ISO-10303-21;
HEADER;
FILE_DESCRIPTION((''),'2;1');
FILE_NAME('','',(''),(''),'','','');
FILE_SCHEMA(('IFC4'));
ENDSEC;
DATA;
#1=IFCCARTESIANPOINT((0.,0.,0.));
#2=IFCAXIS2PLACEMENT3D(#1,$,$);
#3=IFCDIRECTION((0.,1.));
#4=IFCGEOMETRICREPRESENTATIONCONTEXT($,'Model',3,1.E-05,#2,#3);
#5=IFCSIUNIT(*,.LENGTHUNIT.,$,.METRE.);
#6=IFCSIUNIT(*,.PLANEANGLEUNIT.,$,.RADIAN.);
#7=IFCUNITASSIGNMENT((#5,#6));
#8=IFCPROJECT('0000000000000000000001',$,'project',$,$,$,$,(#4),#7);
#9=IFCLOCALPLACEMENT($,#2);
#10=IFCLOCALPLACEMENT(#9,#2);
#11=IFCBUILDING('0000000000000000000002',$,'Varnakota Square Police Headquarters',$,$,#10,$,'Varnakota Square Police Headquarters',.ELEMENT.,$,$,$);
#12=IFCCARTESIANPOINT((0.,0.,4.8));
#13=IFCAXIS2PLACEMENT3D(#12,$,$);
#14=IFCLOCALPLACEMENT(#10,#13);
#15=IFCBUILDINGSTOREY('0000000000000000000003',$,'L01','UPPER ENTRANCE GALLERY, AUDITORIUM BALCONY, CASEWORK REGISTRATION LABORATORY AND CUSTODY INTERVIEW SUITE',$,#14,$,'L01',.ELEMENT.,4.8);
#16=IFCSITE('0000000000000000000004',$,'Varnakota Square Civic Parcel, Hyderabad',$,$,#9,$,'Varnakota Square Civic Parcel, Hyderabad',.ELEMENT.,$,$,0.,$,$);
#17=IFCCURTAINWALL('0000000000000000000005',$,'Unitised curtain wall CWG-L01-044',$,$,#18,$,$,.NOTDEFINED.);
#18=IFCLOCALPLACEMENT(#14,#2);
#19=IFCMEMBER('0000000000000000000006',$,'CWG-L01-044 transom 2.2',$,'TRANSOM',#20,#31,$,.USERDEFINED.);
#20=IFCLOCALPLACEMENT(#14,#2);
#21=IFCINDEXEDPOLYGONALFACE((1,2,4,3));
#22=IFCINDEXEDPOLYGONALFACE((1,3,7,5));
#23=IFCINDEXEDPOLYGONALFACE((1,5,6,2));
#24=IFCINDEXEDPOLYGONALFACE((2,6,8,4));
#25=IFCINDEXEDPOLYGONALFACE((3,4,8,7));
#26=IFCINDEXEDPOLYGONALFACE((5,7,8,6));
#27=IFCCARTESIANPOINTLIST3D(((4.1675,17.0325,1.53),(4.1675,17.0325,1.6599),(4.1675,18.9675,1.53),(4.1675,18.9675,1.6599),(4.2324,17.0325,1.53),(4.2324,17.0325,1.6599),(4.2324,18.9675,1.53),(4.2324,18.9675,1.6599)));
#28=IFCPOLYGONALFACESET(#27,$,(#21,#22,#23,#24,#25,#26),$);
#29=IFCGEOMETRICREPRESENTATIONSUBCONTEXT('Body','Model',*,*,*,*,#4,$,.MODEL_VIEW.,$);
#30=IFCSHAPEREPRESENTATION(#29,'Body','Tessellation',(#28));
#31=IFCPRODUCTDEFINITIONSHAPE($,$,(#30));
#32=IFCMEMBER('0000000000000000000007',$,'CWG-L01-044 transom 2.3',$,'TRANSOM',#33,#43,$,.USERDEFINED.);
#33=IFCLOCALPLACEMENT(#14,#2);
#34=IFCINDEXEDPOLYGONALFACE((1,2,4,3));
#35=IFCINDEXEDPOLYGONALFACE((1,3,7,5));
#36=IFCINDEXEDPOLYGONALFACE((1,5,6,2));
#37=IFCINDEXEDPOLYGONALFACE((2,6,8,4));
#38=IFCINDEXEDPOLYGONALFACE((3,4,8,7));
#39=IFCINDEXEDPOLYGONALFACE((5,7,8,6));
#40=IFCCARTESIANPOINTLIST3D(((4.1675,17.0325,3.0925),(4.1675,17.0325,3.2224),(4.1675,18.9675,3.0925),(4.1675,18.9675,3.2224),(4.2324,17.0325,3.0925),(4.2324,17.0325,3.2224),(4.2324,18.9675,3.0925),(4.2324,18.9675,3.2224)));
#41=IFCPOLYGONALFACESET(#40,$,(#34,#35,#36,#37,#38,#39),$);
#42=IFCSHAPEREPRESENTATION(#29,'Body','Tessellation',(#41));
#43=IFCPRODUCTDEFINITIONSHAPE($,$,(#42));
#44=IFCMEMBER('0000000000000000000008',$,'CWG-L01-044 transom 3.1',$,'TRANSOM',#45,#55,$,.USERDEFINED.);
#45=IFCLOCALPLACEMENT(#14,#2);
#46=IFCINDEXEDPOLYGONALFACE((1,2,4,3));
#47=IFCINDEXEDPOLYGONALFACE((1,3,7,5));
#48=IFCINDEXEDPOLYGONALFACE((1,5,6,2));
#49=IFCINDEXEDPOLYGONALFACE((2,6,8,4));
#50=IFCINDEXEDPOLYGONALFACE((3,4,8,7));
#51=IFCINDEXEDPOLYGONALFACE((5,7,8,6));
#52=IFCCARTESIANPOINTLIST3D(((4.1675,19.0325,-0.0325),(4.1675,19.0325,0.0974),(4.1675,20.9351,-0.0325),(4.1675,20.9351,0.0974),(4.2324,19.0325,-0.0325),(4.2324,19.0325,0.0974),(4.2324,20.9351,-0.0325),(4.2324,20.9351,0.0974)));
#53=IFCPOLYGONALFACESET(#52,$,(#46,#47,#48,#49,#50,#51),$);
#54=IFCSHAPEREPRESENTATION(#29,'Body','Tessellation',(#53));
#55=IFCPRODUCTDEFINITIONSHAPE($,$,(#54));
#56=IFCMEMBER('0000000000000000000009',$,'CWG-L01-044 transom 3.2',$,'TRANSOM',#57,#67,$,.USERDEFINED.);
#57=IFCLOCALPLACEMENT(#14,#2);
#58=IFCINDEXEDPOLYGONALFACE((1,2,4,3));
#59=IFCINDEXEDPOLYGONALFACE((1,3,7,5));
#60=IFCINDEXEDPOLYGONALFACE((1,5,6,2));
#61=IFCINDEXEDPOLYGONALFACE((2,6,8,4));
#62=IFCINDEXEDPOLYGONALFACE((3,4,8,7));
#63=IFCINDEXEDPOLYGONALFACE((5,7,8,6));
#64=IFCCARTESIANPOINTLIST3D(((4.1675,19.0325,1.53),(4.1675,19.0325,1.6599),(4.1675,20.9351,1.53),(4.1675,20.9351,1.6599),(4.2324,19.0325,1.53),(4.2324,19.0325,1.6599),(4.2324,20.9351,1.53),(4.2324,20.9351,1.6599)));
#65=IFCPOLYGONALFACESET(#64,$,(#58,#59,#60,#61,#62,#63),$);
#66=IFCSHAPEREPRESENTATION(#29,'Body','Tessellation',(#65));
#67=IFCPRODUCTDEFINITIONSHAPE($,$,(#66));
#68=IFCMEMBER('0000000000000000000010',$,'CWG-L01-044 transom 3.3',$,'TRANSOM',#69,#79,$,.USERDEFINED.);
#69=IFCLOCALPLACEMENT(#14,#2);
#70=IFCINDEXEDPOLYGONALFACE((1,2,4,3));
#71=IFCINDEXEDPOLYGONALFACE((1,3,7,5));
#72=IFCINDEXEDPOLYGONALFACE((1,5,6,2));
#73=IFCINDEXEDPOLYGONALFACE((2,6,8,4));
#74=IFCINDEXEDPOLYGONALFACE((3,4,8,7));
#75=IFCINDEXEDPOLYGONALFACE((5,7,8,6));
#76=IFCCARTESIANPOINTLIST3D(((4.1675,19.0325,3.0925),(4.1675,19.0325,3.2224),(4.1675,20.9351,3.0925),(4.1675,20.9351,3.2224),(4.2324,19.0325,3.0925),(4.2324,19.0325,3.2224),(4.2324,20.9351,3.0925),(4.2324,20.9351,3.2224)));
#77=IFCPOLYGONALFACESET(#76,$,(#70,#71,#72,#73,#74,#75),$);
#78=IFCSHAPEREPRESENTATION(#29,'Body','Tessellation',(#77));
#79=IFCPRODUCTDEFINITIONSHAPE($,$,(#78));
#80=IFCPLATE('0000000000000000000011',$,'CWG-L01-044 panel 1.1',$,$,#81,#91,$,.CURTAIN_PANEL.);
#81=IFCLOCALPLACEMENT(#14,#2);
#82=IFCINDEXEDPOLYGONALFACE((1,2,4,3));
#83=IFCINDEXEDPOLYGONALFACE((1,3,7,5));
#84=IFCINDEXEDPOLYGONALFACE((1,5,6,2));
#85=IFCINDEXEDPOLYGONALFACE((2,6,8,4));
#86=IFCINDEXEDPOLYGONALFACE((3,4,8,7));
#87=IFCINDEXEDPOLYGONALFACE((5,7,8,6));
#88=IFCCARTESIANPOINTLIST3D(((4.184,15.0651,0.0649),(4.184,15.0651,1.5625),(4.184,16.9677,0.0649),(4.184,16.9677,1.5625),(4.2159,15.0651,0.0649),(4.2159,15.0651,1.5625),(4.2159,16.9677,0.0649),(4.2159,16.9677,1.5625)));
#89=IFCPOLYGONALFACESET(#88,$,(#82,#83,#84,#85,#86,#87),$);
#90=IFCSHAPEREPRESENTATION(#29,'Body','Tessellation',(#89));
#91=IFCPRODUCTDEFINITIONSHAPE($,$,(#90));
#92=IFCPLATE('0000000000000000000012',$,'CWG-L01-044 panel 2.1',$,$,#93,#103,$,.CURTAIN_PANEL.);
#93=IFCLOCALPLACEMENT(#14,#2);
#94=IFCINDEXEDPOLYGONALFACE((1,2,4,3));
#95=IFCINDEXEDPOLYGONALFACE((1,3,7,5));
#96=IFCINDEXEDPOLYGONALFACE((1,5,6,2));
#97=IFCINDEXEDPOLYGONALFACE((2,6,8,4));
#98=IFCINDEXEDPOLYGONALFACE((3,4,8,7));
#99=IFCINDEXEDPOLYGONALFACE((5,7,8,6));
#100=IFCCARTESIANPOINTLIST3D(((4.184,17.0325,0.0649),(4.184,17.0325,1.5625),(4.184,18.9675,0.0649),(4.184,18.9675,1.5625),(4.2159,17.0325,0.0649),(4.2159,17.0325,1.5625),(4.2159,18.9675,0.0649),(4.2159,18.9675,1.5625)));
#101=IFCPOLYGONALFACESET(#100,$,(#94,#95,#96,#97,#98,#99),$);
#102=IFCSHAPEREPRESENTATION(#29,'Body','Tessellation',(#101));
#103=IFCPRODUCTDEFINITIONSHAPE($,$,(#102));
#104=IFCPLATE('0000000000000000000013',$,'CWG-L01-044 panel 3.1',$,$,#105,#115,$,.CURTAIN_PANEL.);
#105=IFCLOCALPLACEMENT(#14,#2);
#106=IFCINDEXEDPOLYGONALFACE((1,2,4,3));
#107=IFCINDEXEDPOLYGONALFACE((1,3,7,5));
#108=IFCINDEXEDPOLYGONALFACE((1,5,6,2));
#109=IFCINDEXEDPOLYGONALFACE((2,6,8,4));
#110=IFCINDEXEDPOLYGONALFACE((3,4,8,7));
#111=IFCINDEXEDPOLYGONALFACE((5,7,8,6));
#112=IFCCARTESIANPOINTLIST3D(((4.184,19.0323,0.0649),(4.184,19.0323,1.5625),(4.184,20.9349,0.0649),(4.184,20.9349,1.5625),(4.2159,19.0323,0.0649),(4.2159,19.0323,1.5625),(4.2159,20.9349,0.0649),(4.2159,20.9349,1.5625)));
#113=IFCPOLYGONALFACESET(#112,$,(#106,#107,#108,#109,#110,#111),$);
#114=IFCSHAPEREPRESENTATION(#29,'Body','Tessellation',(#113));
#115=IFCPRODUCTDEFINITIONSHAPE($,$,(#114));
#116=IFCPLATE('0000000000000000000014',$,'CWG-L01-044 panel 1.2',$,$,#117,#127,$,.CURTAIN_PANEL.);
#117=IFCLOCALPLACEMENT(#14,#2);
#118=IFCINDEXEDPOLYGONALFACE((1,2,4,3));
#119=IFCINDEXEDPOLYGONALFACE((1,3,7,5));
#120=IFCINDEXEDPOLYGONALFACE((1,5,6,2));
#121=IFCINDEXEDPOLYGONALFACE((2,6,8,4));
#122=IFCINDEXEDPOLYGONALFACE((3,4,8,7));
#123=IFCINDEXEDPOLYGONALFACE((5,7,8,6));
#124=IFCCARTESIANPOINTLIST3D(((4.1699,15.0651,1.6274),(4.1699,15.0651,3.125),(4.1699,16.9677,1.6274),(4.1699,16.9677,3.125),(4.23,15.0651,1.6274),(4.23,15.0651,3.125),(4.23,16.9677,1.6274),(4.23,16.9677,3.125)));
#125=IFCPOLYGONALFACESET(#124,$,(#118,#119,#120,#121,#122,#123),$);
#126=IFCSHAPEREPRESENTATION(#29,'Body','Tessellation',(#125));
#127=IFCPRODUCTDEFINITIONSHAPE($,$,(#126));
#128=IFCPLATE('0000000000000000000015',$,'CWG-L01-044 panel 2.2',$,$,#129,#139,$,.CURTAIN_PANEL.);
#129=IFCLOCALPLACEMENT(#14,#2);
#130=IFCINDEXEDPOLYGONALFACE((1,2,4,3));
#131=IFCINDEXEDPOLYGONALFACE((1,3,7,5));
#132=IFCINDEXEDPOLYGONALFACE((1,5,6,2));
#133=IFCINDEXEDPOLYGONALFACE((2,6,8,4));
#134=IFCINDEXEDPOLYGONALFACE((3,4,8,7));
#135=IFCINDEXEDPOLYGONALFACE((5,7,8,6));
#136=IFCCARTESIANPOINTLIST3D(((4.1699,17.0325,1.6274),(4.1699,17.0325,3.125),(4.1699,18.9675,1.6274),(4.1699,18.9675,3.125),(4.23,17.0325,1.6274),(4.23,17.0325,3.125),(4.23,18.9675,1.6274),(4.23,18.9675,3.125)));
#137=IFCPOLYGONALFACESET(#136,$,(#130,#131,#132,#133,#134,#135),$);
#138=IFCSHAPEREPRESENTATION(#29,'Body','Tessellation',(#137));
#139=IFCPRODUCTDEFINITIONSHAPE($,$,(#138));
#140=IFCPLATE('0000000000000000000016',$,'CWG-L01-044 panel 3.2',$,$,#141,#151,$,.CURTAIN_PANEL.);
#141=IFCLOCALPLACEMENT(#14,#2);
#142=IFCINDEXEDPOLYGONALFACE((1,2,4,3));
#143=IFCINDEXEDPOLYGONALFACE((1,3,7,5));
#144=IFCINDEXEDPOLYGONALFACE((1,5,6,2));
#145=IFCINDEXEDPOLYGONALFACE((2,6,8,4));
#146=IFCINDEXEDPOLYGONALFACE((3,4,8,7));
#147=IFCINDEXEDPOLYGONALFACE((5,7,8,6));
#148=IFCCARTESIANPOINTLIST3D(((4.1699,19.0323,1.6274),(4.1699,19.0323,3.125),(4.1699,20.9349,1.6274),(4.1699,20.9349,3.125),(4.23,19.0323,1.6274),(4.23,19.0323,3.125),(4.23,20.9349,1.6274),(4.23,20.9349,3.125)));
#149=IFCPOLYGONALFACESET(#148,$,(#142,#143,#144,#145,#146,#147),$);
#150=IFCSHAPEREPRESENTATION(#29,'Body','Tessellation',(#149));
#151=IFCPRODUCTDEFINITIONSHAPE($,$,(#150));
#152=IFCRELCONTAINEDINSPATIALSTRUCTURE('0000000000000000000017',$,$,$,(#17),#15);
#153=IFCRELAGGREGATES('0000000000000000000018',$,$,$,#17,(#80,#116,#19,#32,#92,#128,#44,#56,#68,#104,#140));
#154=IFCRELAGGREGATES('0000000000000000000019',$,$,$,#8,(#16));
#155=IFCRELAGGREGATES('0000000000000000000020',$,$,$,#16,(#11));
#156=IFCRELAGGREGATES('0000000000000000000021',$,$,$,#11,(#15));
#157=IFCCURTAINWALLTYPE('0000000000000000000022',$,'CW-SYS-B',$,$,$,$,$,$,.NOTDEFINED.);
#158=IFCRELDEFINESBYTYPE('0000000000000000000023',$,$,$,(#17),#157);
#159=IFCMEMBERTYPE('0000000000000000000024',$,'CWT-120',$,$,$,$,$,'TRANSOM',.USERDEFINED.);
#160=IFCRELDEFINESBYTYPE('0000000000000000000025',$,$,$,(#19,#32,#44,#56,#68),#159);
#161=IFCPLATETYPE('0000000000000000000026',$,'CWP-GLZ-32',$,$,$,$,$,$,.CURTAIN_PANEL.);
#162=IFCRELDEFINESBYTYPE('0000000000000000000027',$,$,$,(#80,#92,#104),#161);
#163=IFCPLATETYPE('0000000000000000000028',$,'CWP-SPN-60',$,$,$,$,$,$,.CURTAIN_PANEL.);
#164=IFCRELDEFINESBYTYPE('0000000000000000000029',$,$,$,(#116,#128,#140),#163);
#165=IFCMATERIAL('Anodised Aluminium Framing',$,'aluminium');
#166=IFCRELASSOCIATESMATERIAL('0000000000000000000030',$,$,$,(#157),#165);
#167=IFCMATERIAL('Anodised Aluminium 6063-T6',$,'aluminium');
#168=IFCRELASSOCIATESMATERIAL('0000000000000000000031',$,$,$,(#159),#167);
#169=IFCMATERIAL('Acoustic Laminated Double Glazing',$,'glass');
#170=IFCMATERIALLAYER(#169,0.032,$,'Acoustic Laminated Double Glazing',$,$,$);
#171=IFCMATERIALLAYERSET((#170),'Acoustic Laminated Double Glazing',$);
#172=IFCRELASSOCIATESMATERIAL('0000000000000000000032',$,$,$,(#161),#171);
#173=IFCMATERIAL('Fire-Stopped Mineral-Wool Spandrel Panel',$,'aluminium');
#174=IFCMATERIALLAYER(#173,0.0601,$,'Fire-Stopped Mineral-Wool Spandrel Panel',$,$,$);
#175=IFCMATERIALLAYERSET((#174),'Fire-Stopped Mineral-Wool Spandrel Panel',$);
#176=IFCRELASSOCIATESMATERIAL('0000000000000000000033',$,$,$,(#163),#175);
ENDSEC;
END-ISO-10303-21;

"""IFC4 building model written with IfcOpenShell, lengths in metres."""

from ifc_helpers import new_model, si_unit, direction, frame, origin, origin_2d, place, context, subcontext, project, spatial, rectangle, extrude, material, layer, layer_set, material_profile, profile_set, type_object, element, aggregate, save


model = new_model("IFC4")

# Units and contexts
model_context = context("Model", 3, precision=1e-05, world=origin(), true_north=direction((0.0, 1.0)))
body_context = subcontext(model_context, "Body", "Model", "MODEL_VIEW")
ifc_project = project(units=[si_unit("LENGTHUNIT", "METRE"), si_unit("PLANEANGLEUNIT", "RADIAN")], contexts=[model_context])

# Site, building, storey
site_placement = place(None, origin())
site = spatial("IfcSite", under=ifc_project, at=site_placement, Name="Varnakota Square Civic Parcel, Hyderabad", LongName="Varnakota Square Civic Parcel, Hyderabad", CompositionType="ELEMENT", RefElevation=0.0)
building_placement = place(site_placement, origin())
building = spatial("IfcBuilding", under=site, at=building_placement, Name="Varnakota Square Police Headquarters", LongName="Varnakota Square Police Headquarters", CompositionType="ELEMENT")
storey_placement = place(building_placement, frame((0.0, 0.0, 4.8)))
storey = spatial("IfcBuildingStorey", under=building, at=storey_placement, Name="L01", Description="UPPER ENTRANCE GALLERY, AUDITORIUM BALCONY, CASEWORK REGISTRATION LABORATORY AND CUSTODY INTERVIEW SUITE", LongName="L01", CompositionType="ELEMENT", Elevation=4.8)

# Shared definitions
ifc_material_1 = material(Name="Anodised Aluminium Framing", Category="aluminium")
curtain_wall_type = type_object("IfcCurtainWallType", Name="CW-SYS-B", PredefinedType="NOTDEFINED", material=ifc_material_1)
ifc_material_2 = material(Name="Anodised Aluminium 6063-T6", Category="aluminium")

# Curtain wall, members, plates
curtain_wall_1_placement = place(storey_placement, origin())
curtain_wall_1 = element("IfcCurtainWall", 1, at=curtain_wall_1_placement, inside=storey, type_object=curtain_wall_type, Name="Unitised curtain wall CWG-L01-044", PredefinedType="NOTDEFINED")
ifc_material_profile_1 = material_profile(ifc_material_2, rectangle(XDim=0.0649, YDim=0.1299, at=origin_2d()), Name="ALU TRANSOM 65x130")
ifc_profile_set_1 = profile_set([ifc_material_profile_1], Name="Anodised Aluminium 6063-T6")
member_type_1 = type_object("IfcMemberType", Name="CWT-120", ElementType="TRANSOM", PredefinedType="USERDEFINED", material=ifc_profile_set_1)
member_1_placement = place(storey_placement, frame((4.2, 17.0325, 1.595), z_axis=(0.0, 1.0, 0.0), x_axis=(-1.0, 0.0, 0.0)))
member_1 = element("IfcMember", 2, at=member_1_placement, type_object=member_type_1, Name="CWG-L01-044 transom 2.2", ObjectType="TRANSOM", PredefinedType="USERDEFINED", context=body_context, shape_type="SweptSolid", body=[
    extrude(rectangle(XDim=0.0649, YDim=0.1299, at=origin_2d()), origin(), (0.0, 0.0, 1.0), 1.9351),
])
member_2_placement = place(storey_placement, frame((4.2, 17.0325, 3.1575), z_axis=(0.0, 1.0, 0.0), x_axis=(-1.0, 0.0, 0.0)))
member_2 = element("IfcMember", 3, at=member_2_placement, type_object=member_type_1, Name="CWG-L01-044 transom 2.3", ObjectType="TRANSOM", PredefinedType="USERDEFINED", context=body_context, shape_type="SweptSolid", body=[
    extrude(rectangle(XDim=0.0649, YDim=0.1299, at=origin_2d()), origin(), (0.0, 0.0, 1.0), 1.9351),
])
member_3_placement = place(storey_placement, frame((4.2, 19.0325, 0.0325), z_axis=(0.0, 1.0, 0.0), x_axis=(-1.0, 0.0, 0.0)))
member_3 = element("IfcMember", 4, at=member_3_placement, type_object=member_type_1, Name="CWG-L01-044 transom 3.1", ObjectType="TRANSOM", PredefinedType="USERDEFINED", context=body_context, shape_type="SweptSolid", body=[
    extrude(rectangle(XDim=0.0649, YDim=0.1299, at=origin_2d()), origin(), (0.0, 0.0, 1.0), 1.9026),
])
member_4_placement = place(storey_placement, frame((4.2, 19.0325, 1.595), z_axis=(0.0, 1.0, 0.0), x_axis=(-1.0, 0.0, 0.0)))
member_4 = element("IfcMember", 5, at=member_4_placement, type_object=member_type_1, Name="CWG-L01-044 transom 3.2", ObjectType="TRANSOM", PredefinedType="USERDEFINED", context=body_context, shape_type="SweptSolid", body=[
    extrude(rectangle(XDim=0.0649, YDim=0.1299, at=origin_2d()), origin(), (0.0, 0.0, 1.0), 1.9026),
])
member_5_placement = place(storey_placement, frame((4.2, 19.0325, 3.1575), z_axis=(0.0, 1.0, 0.0), x_axis=(-1.0, 0.0, 0.0)))
member_5 = element("IfcMember", 6, at=member_5_placement, type_object=member_type_1, Name="CWG-L01-044 transom 3.3", ObjectType="TRANSOM", PredefinedType="USERDEFINED", context=body_context, shape_type="SweptSolid", body=[
    extrude(rectangle(XDim=0.0649, YDim=0.1299, at=origin_2d()), origin(), (0.0, 0.0, 1.0), 1.9026),
])
ifc_material_3 = material(Name="Acoustic Laminated Double Glazing", Category="glass")
ifc_layer_1 = layer(ifc_material_3, 0.032, Name="Acoustic Laminated Double Glazing")
ifc_layer_set_1 = layer_set([ifc_layer_1], Name="Acoustic Laminated Double Glazing")
plate_type_1 = type_object("IfcPlateType", Name="CWP-GLZ-32", PredefinedType="CURTAIN_PANEL", material=ifc_layer_set_1)
plate_1_placement = place(storey_placement, frame((4.2, 16.0164, 0.0649), z_axis=(0.0, 0.0, 1.0), x_axis=(0.0, 1.0, 0.0)))
plate_1 = element("IfcPlate", 7, at=plate_1_placement, type_object=plate_type_1, Name="CWG-L01-044 panel 1.1", PredefinedType="CURTAIN_PANEL", context=body_context, shape_type="SweptSolid", body=[
    extrude(rectangle(XDim=1.9026, YDim=0.032, at=origin_2d()), origin(), (0.0, 0.0, 1.0), 1.4976),
])
plate_2_placement = place(storey_placement, frame((4.2, 18.0, 0.0649), z_axis=(0.0, 0.0, 1.0), x_axis=(0.0, 1.0, 0.0)))
plate_2 = element("IfcPlate", 8, at=plate_2_placement, type_object=plate_type_1, Name="CWG-L01-044 panel 2.1", PredefinedType="CURTAIN_PANEL", context=body_context, shape_type="SweptSolid", body=[
    extrude(rectangle(XDim=1.9351, YDim=0.032, at=origin_2d()), origin(), (0.0, 0.0, 1.0), 1.4976),
])
plate_3_placement = place(storey_placement, frame((4.2, 19.9836, 0.0649), z_axis=(0.0, 0.0, 1.0), x_axis=(0.0, 1.0, 0.0)))
plate_3 = element("IfcPlate", 9, at=plate_3_placement, type_object=plate_type_1, Name="CWG-L01-044 panel 3.1", PredefinedType="CURTAIN_PANEL", context=body_context, shape_type="SweptSolid", body=[
    extrude(rectangle(XDim=1.9026, YDim=0.032, at=origin_2d()), origin(), (0.0, 0.0, 1.0), 1.4976),
])
ifc_material_4 = material(Name="Fire-Stopped Mineral-Wool Spandrel Panel", Category="aluminium")
ifc_layer_2 = layer(ifc_material_4, 0.0601, Name="Fire-Stopped Mineral-Wool Spandrel Panel")
ifc_layer_set_2 = layer_set([ifc_layer_2], Name="Fire-Stopped Mineral-Wool Spandrel Panel")
plate_type_2 = type_object("IfcPlateType", Name="CWP-SPN-60", PredefinedType="CURTAIN_PANEL", material=ifc_layer_set_2)
plate_4_placement = place(storey_placement, frame((4.2, 16.0164, 1.6274), z_axis=(0.0, 0.0, 1.0), x_axis=(0.0, 1.0, 0.0)))
plate_4 = element("IfcPlate", 10, at=plate_4_placement, type_object=plate_type_2, Name="CWG-L01-044 panel 1.2", PredefinedType="CURTAIN_PANEL", context=body_context, shape_type="SweptSolid", body=[
    extrude(rectangle(XDim=1.9026, YDim=0.0601, at=origin_2d()), origin(), (0.0, 0.0, 1.0), 1.4976),
])
plate_5_placement = place(storey_placement, frame((4.2, 18.0, 1.6274), z_axis=(0.0, 0.0, 1.0), x_axis=(0.0, 1.0, 0.0)))
plate_5 = element("IfcPlate", 11, at=plate_5_placement, type_object=plate_type_2, Name="CWG-L01-044 panel 2.2", PredefinedType="CURTAIN_PANEL", context=body_context, shape_type="SweptSolid", body=[
    extrude(rectangle(XDim=1.9351, YDim=0.0601, at=origin_2d()), origin(), (0.0, 0.0, 1.0), 1.4976),
])
plate_6_placement = place(storey_placement, frame((4.2, 19.9836, 1.6274), z_axis=(0.0, 0.0, 1.0), x_axis=(0.0, 1.0, 0.0)))
plate_6 = element("IfcPlate", 12, at=plate_6_placement, type_object=plate_type_2, Name="CWG-L01-044 panel 3.2", PredefinedType="CURTAIN_PANEL", context=body_context, shape_type="SweptSolid", body=[
    extrude(rectangle(XDim=1.9026, YDim=0.0601, at=origin_2d()), origin(), (0.0, 0.0, 1.0), 1.4976),
])
aggregate(curtain_wall_1, [plate_1, plate_4, member_1, member_2, plate_2, plate_5, member_3, member_4, member_5, plate_3, plate_6])

save(model, "model.ifc")
